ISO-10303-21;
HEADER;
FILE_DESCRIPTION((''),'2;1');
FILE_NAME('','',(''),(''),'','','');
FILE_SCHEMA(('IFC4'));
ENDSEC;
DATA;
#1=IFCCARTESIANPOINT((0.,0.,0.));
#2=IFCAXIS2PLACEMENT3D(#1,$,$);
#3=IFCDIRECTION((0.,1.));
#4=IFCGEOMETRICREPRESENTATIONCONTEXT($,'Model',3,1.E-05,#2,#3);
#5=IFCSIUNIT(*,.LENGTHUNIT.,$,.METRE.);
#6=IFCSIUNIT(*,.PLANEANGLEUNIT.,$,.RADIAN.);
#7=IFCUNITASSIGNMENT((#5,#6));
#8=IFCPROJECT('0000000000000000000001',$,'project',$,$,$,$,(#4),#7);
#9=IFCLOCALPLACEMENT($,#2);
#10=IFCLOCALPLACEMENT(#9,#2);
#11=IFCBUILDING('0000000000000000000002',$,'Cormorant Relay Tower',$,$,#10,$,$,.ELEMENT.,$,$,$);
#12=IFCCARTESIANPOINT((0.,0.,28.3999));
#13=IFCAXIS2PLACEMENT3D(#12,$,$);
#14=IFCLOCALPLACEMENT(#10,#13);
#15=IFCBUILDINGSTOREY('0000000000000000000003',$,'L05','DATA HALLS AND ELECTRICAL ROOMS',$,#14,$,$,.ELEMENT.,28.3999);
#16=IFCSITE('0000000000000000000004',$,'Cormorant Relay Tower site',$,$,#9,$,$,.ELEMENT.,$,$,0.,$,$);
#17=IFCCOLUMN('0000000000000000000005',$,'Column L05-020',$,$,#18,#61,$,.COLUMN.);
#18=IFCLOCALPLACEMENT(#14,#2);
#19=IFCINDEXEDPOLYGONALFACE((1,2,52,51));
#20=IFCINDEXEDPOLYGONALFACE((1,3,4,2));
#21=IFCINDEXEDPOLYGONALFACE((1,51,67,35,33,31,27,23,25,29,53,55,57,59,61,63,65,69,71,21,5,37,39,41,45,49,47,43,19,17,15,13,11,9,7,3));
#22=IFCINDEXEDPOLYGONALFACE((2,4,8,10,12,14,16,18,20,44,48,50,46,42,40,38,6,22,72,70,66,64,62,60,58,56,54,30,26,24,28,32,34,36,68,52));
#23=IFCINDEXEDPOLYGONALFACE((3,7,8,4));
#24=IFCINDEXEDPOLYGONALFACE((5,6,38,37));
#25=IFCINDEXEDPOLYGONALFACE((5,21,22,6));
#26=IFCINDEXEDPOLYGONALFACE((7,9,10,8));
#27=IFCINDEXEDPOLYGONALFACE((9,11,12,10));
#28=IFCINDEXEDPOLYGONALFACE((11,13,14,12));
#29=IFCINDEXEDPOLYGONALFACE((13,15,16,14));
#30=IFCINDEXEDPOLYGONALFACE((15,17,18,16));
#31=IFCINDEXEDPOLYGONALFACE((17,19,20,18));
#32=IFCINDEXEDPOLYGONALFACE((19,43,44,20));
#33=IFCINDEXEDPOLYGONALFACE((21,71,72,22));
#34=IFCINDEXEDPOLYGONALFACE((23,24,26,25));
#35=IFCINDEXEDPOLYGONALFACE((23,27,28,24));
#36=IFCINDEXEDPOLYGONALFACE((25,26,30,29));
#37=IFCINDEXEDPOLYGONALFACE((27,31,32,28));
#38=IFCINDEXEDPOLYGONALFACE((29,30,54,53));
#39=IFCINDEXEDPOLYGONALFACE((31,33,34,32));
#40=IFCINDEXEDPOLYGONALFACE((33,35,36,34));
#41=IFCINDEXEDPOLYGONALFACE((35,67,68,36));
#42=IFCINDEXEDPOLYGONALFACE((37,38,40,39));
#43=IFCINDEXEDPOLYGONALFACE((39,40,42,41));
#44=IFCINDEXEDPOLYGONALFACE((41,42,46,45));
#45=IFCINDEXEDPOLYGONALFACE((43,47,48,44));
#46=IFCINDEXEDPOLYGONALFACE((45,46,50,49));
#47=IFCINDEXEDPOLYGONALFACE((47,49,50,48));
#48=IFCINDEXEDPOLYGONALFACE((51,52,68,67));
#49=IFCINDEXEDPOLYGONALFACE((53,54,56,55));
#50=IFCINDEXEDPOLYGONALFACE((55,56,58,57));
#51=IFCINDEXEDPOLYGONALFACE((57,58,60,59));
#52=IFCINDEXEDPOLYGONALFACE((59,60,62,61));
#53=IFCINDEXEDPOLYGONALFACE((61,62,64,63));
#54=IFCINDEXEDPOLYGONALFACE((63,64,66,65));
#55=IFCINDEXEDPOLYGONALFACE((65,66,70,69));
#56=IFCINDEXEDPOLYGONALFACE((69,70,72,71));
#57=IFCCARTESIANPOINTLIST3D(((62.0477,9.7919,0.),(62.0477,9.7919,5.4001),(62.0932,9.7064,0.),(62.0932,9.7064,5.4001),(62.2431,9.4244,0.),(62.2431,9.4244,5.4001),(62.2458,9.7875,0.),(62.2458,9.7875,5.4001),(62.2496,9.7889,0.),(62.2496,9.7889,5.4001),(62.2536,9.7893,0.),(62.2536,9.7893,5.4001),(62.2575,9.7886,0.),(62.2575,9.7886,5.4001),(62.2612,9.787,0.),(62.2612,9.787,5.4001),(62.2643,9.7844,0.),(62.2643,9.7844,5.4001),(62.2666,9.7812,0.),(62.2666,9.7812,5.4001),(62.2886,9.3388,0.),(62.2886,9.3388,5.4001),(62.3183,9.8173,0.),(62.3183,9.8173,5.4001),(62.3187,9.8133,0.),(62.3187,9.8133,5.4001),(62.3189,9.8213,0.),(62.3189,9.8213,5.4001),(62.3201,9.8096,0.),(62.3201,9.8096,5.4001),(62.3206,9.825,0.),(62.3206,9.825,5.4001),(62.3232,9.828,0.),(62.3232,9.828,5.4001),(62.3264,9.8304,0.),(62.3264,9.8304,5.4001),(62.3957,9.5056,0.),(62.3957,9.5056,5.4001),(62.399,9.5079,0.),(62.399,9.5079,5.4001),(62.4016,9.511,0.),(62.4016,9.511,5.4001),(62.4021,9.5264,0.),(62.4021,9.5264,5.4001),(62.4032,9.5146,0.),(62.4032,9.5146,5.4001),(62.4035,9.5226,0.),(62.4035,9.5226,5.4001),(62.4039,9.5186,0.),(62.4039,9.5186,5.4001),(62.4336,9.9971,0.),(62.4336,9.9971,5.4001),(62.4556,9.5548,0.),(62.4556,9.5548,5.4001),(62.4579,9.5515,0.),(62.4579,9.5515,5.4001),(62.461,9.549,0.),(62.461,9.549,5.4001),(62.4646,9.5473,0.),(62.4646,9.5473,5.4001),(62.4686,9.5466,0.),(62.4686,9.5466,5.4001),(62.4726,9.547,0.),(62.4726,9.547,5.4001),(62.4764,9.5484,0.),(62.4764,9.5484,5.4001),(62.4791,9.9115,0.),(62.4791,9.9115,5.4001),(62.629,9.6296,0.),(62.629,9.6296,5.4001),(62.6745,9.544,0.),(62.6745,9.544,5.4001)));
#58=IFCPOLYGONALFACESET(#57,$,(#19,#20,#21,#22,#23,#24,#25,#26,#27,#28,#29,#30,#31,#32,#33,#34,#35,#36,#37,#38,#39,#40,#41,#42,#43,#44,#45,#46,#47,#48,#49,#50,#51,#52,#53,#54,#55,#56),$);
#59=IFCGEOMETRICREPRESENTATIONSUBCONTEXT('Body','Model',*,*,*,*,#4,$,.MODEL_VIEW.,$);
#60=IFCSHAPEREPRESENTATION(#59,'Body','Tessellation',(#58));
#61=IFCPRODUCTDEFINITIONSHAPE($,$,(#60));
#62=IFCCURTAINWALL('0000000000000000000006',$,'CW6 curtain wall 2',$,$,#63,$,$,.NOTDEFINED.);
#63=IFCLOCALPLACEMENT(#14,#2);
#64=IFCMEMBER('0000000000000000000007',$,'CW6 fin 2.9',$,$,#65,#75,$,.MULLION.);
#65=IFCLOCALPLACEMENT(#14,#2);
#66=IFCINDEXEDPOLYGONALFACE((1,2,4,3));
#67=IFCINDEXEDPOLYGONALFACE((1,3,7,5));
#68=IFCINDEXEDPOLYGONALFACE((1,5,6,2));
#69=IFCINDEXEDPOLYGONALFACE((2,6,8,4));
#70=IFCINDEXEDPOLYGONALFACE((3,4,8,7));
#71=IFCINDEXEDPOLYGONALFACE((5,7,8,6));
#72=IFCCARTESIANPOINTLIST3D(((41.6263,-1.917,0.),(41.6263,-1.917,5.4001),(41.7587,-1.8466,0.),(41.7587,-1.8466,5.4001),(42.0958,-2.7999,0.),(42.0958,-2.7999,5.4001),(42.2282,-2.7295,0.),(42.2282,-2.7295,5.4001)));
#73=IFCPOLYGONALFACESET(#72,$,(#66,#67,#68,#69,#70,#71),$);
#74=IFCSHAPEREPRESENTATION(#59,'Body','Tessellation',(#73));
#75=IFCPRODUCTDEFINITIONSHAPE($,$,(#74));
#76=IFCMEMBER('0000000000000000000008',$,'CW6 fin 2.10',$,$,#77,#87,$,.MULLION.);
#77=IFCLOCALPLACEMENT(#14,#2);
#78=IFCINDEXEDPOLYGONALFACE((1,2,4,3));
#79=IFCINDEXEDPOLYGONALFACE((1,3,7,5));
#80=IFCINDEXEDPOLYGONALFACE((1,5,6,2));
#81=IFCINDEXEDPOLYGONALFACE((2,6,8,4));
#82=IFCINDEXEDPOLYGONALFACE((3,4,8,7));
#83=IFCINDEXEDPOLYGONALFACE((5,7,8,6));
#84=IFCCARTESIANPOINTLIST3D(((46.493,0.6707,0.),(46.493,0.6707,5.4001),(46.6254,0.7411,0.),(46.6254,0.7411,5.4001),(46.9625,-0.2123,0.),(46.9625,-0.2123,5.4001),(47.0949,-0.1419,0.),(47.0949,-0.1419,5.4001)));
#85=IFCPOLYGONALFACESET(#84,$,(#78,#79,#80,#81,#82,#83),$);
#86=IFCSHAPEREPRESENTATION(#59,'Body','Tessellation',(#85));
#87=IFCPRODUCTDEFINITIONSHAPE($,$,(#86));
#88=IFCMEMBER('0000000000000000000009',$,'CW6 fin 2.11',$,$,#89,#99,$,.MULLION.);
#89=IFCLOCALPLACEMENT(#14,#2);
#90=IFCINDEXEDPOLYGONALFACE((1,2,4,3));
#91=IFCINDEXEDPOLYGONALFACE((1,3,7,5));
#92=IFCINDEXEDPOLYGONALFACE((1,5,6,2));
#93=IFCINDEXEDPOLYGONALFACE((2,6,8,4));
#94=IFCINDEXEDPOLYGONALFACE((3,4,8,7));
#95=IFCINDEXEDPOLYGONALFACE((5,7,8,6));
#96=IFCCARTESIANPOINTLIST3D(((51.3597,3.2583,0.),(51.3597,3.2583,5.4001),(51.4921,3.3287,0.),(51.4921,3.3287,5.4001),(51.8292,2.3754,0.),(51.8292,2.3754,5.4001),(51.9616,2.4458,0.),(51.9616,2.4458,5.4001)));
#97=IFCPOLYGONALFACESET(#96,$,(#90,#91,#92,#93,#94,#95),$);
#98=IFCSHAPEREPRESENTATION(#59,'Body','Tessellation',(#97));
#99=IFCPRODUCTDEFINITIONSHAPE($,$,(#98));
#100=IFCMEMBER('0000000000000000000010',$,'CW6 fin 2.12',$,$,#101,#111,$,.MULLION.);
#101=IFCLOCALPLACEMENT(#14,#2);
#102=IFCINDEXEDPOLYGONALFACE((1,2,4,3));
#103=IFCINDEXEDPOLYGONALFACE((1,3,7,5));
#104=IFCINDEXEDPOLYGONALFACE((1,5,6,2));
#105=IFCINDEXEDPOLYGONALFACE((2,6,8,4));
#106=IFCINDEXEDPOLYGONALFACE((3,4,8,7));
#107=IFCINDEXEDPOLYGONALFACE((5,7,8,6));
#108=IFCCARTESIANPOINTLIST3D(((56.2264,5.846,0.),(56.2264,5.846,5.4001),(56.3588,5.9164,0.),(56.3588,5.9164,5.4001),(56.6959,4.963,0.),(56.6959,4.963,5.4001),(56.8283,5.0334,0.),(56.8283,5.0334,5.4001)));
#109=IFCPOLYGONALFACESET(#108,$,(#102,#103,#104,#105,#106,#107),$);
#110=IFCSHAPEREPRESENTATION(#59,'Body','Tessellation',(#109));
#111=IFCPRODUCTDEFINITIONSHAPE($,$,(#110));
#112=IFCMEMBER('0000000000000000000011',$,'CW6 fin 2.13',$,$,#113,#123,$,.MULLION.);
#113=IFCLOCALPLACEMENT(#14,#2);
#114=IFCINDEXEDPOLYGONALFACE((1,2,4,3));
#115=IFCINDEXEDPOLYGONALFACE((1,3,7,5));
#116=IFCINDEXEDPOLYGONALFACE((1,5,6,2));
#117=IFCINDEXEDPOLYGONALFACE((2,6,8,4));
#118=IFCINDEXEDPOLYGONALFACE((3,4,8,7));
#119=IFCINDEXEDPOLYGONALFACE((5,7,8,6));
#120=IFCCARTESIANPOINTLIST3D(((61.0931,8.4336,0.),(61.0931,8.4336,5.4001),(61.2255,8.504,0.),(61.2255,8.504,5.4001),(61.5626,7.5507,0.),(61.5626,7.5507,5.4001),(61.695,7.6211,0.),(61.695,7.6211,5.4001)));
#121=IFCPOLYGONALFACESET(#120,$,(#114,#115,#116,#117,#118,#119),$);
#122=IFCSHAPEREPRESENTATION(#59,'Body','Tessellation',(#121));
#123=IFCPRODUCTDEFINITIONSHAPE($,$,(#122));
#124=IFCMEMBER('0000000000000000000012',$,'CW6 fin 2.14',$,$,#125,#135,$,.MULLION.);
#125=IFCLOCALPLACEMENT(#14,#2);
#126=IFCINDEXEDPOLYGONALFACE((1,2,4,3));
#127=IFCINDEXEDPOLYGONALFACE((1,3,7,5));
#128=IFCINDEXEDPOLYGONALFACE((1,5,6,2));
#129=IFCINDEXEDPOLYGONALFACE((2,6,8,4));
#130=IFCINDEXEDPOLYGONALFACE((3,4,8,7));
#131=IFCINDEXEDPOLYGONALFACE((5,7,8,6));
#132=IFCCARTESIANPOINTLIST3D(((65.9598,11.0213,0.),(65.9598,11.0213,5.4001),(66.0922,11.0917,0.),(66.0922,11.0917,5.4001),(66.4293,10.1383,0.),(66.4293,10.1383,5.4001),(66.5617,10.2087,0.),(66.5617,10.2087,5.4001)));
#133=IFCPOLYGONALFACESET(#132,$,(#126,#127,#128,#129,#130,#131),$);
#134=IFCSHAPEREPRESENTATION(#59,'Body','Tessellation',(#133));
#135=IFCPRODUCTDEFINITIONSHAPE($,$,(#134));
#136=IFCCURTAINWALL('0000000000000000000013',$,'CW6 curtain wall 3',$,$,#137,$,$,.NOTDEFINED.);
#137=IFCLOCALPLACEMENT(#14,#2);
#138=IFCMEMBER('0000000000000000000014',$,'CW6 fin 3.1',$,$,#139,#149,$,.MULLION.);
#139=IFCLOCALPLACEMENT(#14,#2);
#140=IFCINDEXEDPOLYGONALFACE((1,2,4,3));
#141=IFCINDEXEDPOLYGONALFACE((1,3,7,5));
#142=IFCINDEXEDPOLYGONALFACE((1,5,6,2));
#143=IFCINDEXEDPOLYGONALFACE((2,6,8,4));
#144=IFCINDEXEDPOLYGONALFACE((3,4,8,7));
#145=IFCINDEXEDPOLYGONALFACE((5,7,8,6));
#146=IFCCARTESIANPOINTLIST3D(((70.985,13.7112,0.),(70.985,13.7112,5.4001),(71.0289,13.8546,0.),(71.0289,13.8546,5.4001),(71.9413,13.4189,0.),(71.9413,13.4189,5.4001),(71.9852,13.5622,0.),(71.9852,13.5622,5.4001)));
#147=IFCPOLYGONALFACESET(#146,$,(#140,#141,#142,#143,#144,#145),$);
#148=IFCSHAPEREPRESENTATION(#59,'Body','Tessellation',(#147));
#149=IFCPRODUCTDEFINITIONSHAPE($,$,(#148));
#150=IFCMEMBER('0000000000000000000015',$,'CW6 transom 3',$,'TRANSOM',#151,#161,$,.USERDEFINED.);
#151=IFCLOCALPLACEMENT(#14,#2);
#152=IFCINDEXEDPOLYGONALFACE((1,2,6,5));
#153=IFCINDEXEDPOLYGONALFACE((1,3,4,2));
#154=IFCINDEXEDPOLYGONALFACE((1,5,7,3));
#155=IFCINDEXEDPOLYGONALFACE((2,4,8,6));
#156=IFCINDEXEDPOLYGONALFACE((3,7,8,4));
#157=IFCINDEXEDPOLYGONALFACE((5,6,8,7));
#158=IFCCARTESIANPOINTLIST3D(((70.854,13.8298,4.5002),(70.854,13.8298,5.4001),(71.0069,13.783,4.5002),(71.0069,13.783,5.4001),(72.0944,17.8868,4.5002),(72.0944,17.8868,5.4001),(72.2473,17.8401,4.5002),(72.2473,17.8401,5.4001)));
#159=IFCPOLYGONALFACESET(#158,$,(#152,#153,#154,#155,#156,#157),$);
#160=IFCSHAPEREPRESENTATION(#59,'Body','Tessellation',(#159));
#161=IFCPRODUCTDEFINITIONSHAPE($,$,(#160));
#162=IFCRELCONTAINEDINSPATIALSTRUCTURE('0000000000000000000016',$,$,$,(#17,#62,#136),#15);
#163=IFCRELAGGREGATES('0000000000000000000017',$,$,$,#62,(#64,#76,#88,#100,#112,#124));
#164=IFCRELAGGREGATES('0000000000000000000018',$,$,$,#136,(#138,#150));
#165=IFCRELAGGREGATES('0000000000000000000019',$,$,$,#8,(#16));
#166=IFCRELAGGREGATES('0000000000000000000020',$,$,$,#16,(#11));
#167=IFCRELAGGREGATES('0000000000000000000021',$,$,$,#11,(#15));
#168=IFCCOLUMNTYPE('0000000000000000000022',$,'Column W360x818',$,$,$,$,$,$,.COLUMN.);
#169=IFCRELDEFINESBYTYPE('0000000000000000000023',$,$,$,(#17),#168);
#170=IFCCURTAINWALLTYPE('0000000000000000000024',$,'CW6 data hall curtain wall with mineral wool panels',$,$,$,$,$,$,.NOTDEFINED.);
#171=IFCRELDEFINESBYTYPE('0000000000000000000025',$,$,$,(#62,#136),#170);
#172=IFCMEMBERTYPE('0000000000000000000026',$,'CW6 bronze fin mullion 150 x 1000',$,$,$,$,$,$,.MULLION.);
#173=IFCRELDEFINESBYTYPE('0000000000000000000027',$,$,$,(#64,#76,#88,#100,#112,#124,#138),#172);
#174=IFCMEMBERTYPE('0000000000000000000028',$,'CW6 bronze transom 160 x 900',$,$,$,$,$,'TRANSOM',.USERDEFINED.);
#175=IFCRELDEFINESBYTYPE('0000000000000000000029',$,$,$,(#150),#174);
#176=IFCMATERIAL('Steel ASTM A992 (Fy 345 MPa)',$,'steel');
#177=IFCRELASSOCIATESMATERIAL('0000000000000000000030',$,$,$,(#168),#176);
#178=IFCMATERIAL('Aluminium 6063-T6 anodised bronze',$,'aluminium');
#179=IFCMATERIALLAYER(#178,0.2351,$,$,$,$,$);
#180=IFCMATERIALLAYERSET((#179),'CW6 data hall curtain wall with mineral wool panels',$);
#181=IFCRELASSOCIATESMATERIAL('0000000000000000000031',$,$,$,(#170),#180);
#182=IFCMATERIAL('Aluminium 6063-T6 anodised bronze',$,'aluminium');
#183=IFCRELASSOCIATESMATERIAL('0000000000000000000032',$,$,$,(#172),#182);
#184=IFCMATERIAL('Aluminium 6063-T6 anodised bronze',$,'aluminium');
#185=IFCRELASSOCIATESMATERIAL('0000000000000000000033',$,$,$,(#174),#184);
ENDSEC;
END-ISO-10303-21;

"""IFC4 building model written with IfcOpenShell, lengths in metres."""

from ifc_helpers import new_model, si_unit, direction, frame, origin, origin_2d, place, context, subcontext, project, spatial, rectangle, i_section, extrude, material, layer, layer_set, material_profile, profile_set, type_object, element, aggregate, save


model = new_model("IFC4")

# Units and contexts
model_context = context("Model", 3, precision=1e-05, world=origin(), true_north=direction((0.0, 1.0)))
body_context = subcontext(model_context, "Body", "Model", "MODEL_VIEW")
ifc_project = project(units=[si_unit("LENGTHUNIT", "METRE"), si_unit("PLANEANGLEUNIT", "RADIAN")], contexts=[model_context])

# Site, building, storey
site_placement = place(None, origin())
site = spatial("IfcSite", under=ifc_project, at=site_placement, Name="Cormorant Relay Tower site", CompositionType="ELEMENT", RefElevation=0.0)
building_placement = place(site_placement, origin())
building = spatial("IfcBuilding", under=site, at=building_placement, Name="Cormorant Relay Tower", CompositionType="ELEMENT")
storey_placement = place(building_placement, frame((0.0, 0.0, 28.3999)))
storey = spatial("IfcBuildingStorey", under=building, at=storey_placement, Name="L05", Description="DATA HALLS AND ELECTRICAL ROOMS", CompositionType="ELEMENT", Elevation=28.3999)

# Column
ifc_material_1 = material(Name="Steel ASTM A992 (Fy 345 MPa)", Category="steel")
ifc_material_profile_1 = material_profile(ifc_material_1, i_section(OverallWidth=0.437, OverallDepth=0.5132, WebThickness=0.0605, FlangeThickness=0.0969, FilletRadius=0.0154, at=origin_2d()), Name="W360x818")
ifc_profile_set_1 = profile_set([ifc_material_profile_1], Name="Steel ASTM A992 (Fy 345 MPa)")
column_type_1 = type_object("IfcColumnType", Name="Column W360x818", PredefinedType="COLUMN", material=ifc_profile_set_1)
for number, where, z_axis, x_axis, name in (
    (1, (62.3611, 9.668, 0.0), (0.0, 0.0, 1.0), (0.882948, 0.469472, 0.0), "Column L05-020"),
):
    element("IfcColumn", number, at=place(storey_placement, frame(where, z_axis=z_axis, x_axis=x_axis)), inside=storey, type_object=column_type_1, Name=name, PredefinedType="COLUMN", context=body_context, shape_type="SweptSolid", body=[
        extrude(i_section(OverallWidth=0.437, OverallDepth=0.5132, WebThickness=0.0605, FlangeThickness=0.0969, FilletRadius=0.0154, at=origin_2d()), origin(), (0.0, 0.0, 1.0), 5.4001),
    ])

# Curtain walls, members
ifc_material_2 = material(Name="Aluminium 6063-T6 anodised bronze", Category="aluminium")
ifc_layer_1 = layer(ifc_material_2, 0.2351)
ifc_layer_set_1 = layer_set([ifc_layer_1], Name="CW6 data hall curtain wall with mineral wool panels")
curtain_wall_type = type_object("IfcCurtainWallType", Name="CW6 data hall curtain wall with mineral wool panels", PredefinedType="NOTDEFINED", material=ifc_layer_set_1)
curtain_wall_1_placement = place(storey_placement, origin())
curtain_wall_1 = element("IfcCurtainWall", 2, at=curtain_wall_1_placement, inside=storey, type_object=curtain_wall_type, Name="CW6 curtain wall 2", PredefinedType="NOTDEFINED")
ifc_material_3 = material(Name="Aluminium 6063-T6 anodised bronze", Category="aluminium")
ifc_material_profile_2 = material_profile(ifc_material_3, rectangle(XDim=0.1499, YDim=1.0, at=origin_2d()), Name="AL 150x1000")
ifc_profile_set_2 = profile_set([ifc_material_profile_2], Name="Aluminium 6063-T6 anodised bronze")
member_type_1 = type_object("IfcMemberType", Name="CW6 bronze fin mullion 150 x 1000", PredefinedType="MULLION", material=ifc_profile_set_2)
member_1_placement = place(storey_placement, frame((41.9272, -2.3232, 0.0), z_axis=(0.0, 0.0, 1.0), x_axis=(0.882948, 0.469472, 0.0)))
member_1 = element("IfcMember", 3, at=member_1_placement, type_object=member_type_1, Name="CW6 fin 2.9", PredefinedType="MULLION", context=body_context, shape_type="SweptSolid", body=[
    extrude(rectangle(XDim=0.1499, YDim=1.0, at=origin_2d()), origin(), (0.0, 0.0, 1.0), 5.4001),
])
member_2_placement = place(storey_placement, frame((46.7939, 0.2644, 0.0), z_axis=(0.0, 0.0, 1.0), x_axis=(0.882948, 0.469472, 0.0)))
member_2 = element("IfcMember", 4, at=member_2_placement, type_object=member_type_1, Name="CW6 fin 2.10", PredefinedType="MULLION", context=body_context, shape_type="SweptSolid", body=[
    extrude(rectangle(XDim=0.1499, YDim=1.0, at=origin_2d()), origin(), (0.0, 0.0, 1.0), 5.4001),
])
member_3_placement = place(storey_placement, frame((51.6606, 2.8521, 0.0), z_axis=(0.0, 0.0, 1.0), x_axis=(0.882948, 0.469472, 0.0)))
member_3 = element("IfcMember", 5, at=member_3_placement, type_object=member_type_1, Name="CW6 fin 2.11", PredefinedType="MULLION", context=body_context, shape_type="SweptSolid", body=[
    extrude(rectangle(XDim=0.1499, YDim=1.0, at=origin_2d()), origin(), (0.0, 0.0, 1.0), 5.4001),
])
member_4_placement = place(storey_placement, frame((56.5273, 5.4397, 0.0), z_axis=(0.0, 0.0, 1.0), x_axis=(0.882948, 0.469472, 0.0)))
member_4 = element("IfcMember", 6, at=member_4_placement, type_object=member_type_1, Name="CW6 fin 2.12", PredefinedType="MULLION", context=body_context, shape_type="SweptSolid", body=[
    extrude(rectangle(XDim=0.1499, YDim=1.0, at=origin_2d()), origin(), (0.0, 0.0, 1.0), 5.4001),
])
member_5_placement = place(storey_placement, frame((61.394, 8.0273, 0.0), z_axis=(0.0, 0.0, 1.0), x_axis=(0.882948, 0.469472, 0.0)))
member_5 = element("IfcMember", 7, at=member_5_placement, type_object=member_type_1, Name="CW6 fin 2.13", PredefinedType="MULLION", context=body_context, shape_type="SweptSolid", body=[
    extrude(rectangle(XDim=0.1499, YDim=1.0, at=origin_2d()), origin(), (0.0, 0.0, 1.0), 5.4001),
])
member_6_placement = place(storey_placement, frame((66.2607, 10.615, 0.0), z_axis=(0.0, 0.0, 1.0), x_axis=(0.882948, 0.469472, 0.0)))
member_6 = element("IfcMember", 8, at=member_6_placement, type_object=member_type_1, Name="CW6 fin 2.14", PredefinedType="MULLION", context=body_context, shape_type="SweptSolid", body=[
    extrude(rectangle(XDim=0.1499, YDim=1.0, at=origin_2d()), origin(), (0.0, 0.0, 1.0), 5.4001),
])
curtain_wall_2_placement = place(storey_placement, origin())
curtain_wall_2 = element("IfcCurtainWall", 9, at=curtain_wall_2_placement, inside=storey, type_object=curtain_wall_type, Name="CW6 curtain wall 3", PredefinedType="NOTDEFINED")
member_7_placement = place(storey_placement, frame((71.4851, 13.6367, 0.0), z_axis=(0.0, 0.0, 1.0), x_axis=(0.292372, 0.956305, 0.0)))
member_7 = element("IfcMember", 10, at=member_7_placement, type_object=member_type_1, Name="CW6 fin 3.1", PredefinedType="MULLION", context=body_context, shape_type="SweptSolid", body=[
    extrude(rectangle(XDim=0.1499, YDim=1.0, at=origin_2d()), origin(), (0.0, 0.0, 1.0), 5.4001),
])
ifc_material_4 = material(Name="Aluminium 6063-T6 anodised bronze", Category="aluminium")
ifc_material_profile_3 = material_profile(ifc_material_4, rectangle(XDim=0.1599, YDim=0.8999, at=origin_2d()), Name="AL 160x900")
ifc_profile_set_3 = profile_set([ifc_material_profile_3], Name="Aluminium 6063-T6 anodised bronze")
member_type_2 = type_object("IfcMemberType", Name="CW6 bronze transom 160 x 900", ElementType="TRANSOM", PredefinedType="USERDEFINED", material=ifc_profile_set_3)
member_8_placement = place(storey_placement, frame((70.9304, 13.8064, 4.9502), z_axis=(0.292391, 0.956299, 0.0), x_axis=(-0.956299, 0.292391, 0.0)))
member_8 = element("IfcMember", 11, at=member_8_placement, type_object=member_type_2, Name="CW6 transom 3", ObjectType="TRANSOM", PredefinedType="USERDEFINED", context=body_context, shape_type="SweptSolid", body=[
    extrude(rectangle(XDim=0.1599, YDim=0.8999, at=origin_2d()), origin(), (0.0, 0.0, 1.0), 4.2424),
])

aggregate(curtain_wall_1, [member_1, member_2, member_3, member_4, member_5, member_6])
aggregate(curtain_wall_2, [member_7, member_8])

save(model, "model.ifc")
